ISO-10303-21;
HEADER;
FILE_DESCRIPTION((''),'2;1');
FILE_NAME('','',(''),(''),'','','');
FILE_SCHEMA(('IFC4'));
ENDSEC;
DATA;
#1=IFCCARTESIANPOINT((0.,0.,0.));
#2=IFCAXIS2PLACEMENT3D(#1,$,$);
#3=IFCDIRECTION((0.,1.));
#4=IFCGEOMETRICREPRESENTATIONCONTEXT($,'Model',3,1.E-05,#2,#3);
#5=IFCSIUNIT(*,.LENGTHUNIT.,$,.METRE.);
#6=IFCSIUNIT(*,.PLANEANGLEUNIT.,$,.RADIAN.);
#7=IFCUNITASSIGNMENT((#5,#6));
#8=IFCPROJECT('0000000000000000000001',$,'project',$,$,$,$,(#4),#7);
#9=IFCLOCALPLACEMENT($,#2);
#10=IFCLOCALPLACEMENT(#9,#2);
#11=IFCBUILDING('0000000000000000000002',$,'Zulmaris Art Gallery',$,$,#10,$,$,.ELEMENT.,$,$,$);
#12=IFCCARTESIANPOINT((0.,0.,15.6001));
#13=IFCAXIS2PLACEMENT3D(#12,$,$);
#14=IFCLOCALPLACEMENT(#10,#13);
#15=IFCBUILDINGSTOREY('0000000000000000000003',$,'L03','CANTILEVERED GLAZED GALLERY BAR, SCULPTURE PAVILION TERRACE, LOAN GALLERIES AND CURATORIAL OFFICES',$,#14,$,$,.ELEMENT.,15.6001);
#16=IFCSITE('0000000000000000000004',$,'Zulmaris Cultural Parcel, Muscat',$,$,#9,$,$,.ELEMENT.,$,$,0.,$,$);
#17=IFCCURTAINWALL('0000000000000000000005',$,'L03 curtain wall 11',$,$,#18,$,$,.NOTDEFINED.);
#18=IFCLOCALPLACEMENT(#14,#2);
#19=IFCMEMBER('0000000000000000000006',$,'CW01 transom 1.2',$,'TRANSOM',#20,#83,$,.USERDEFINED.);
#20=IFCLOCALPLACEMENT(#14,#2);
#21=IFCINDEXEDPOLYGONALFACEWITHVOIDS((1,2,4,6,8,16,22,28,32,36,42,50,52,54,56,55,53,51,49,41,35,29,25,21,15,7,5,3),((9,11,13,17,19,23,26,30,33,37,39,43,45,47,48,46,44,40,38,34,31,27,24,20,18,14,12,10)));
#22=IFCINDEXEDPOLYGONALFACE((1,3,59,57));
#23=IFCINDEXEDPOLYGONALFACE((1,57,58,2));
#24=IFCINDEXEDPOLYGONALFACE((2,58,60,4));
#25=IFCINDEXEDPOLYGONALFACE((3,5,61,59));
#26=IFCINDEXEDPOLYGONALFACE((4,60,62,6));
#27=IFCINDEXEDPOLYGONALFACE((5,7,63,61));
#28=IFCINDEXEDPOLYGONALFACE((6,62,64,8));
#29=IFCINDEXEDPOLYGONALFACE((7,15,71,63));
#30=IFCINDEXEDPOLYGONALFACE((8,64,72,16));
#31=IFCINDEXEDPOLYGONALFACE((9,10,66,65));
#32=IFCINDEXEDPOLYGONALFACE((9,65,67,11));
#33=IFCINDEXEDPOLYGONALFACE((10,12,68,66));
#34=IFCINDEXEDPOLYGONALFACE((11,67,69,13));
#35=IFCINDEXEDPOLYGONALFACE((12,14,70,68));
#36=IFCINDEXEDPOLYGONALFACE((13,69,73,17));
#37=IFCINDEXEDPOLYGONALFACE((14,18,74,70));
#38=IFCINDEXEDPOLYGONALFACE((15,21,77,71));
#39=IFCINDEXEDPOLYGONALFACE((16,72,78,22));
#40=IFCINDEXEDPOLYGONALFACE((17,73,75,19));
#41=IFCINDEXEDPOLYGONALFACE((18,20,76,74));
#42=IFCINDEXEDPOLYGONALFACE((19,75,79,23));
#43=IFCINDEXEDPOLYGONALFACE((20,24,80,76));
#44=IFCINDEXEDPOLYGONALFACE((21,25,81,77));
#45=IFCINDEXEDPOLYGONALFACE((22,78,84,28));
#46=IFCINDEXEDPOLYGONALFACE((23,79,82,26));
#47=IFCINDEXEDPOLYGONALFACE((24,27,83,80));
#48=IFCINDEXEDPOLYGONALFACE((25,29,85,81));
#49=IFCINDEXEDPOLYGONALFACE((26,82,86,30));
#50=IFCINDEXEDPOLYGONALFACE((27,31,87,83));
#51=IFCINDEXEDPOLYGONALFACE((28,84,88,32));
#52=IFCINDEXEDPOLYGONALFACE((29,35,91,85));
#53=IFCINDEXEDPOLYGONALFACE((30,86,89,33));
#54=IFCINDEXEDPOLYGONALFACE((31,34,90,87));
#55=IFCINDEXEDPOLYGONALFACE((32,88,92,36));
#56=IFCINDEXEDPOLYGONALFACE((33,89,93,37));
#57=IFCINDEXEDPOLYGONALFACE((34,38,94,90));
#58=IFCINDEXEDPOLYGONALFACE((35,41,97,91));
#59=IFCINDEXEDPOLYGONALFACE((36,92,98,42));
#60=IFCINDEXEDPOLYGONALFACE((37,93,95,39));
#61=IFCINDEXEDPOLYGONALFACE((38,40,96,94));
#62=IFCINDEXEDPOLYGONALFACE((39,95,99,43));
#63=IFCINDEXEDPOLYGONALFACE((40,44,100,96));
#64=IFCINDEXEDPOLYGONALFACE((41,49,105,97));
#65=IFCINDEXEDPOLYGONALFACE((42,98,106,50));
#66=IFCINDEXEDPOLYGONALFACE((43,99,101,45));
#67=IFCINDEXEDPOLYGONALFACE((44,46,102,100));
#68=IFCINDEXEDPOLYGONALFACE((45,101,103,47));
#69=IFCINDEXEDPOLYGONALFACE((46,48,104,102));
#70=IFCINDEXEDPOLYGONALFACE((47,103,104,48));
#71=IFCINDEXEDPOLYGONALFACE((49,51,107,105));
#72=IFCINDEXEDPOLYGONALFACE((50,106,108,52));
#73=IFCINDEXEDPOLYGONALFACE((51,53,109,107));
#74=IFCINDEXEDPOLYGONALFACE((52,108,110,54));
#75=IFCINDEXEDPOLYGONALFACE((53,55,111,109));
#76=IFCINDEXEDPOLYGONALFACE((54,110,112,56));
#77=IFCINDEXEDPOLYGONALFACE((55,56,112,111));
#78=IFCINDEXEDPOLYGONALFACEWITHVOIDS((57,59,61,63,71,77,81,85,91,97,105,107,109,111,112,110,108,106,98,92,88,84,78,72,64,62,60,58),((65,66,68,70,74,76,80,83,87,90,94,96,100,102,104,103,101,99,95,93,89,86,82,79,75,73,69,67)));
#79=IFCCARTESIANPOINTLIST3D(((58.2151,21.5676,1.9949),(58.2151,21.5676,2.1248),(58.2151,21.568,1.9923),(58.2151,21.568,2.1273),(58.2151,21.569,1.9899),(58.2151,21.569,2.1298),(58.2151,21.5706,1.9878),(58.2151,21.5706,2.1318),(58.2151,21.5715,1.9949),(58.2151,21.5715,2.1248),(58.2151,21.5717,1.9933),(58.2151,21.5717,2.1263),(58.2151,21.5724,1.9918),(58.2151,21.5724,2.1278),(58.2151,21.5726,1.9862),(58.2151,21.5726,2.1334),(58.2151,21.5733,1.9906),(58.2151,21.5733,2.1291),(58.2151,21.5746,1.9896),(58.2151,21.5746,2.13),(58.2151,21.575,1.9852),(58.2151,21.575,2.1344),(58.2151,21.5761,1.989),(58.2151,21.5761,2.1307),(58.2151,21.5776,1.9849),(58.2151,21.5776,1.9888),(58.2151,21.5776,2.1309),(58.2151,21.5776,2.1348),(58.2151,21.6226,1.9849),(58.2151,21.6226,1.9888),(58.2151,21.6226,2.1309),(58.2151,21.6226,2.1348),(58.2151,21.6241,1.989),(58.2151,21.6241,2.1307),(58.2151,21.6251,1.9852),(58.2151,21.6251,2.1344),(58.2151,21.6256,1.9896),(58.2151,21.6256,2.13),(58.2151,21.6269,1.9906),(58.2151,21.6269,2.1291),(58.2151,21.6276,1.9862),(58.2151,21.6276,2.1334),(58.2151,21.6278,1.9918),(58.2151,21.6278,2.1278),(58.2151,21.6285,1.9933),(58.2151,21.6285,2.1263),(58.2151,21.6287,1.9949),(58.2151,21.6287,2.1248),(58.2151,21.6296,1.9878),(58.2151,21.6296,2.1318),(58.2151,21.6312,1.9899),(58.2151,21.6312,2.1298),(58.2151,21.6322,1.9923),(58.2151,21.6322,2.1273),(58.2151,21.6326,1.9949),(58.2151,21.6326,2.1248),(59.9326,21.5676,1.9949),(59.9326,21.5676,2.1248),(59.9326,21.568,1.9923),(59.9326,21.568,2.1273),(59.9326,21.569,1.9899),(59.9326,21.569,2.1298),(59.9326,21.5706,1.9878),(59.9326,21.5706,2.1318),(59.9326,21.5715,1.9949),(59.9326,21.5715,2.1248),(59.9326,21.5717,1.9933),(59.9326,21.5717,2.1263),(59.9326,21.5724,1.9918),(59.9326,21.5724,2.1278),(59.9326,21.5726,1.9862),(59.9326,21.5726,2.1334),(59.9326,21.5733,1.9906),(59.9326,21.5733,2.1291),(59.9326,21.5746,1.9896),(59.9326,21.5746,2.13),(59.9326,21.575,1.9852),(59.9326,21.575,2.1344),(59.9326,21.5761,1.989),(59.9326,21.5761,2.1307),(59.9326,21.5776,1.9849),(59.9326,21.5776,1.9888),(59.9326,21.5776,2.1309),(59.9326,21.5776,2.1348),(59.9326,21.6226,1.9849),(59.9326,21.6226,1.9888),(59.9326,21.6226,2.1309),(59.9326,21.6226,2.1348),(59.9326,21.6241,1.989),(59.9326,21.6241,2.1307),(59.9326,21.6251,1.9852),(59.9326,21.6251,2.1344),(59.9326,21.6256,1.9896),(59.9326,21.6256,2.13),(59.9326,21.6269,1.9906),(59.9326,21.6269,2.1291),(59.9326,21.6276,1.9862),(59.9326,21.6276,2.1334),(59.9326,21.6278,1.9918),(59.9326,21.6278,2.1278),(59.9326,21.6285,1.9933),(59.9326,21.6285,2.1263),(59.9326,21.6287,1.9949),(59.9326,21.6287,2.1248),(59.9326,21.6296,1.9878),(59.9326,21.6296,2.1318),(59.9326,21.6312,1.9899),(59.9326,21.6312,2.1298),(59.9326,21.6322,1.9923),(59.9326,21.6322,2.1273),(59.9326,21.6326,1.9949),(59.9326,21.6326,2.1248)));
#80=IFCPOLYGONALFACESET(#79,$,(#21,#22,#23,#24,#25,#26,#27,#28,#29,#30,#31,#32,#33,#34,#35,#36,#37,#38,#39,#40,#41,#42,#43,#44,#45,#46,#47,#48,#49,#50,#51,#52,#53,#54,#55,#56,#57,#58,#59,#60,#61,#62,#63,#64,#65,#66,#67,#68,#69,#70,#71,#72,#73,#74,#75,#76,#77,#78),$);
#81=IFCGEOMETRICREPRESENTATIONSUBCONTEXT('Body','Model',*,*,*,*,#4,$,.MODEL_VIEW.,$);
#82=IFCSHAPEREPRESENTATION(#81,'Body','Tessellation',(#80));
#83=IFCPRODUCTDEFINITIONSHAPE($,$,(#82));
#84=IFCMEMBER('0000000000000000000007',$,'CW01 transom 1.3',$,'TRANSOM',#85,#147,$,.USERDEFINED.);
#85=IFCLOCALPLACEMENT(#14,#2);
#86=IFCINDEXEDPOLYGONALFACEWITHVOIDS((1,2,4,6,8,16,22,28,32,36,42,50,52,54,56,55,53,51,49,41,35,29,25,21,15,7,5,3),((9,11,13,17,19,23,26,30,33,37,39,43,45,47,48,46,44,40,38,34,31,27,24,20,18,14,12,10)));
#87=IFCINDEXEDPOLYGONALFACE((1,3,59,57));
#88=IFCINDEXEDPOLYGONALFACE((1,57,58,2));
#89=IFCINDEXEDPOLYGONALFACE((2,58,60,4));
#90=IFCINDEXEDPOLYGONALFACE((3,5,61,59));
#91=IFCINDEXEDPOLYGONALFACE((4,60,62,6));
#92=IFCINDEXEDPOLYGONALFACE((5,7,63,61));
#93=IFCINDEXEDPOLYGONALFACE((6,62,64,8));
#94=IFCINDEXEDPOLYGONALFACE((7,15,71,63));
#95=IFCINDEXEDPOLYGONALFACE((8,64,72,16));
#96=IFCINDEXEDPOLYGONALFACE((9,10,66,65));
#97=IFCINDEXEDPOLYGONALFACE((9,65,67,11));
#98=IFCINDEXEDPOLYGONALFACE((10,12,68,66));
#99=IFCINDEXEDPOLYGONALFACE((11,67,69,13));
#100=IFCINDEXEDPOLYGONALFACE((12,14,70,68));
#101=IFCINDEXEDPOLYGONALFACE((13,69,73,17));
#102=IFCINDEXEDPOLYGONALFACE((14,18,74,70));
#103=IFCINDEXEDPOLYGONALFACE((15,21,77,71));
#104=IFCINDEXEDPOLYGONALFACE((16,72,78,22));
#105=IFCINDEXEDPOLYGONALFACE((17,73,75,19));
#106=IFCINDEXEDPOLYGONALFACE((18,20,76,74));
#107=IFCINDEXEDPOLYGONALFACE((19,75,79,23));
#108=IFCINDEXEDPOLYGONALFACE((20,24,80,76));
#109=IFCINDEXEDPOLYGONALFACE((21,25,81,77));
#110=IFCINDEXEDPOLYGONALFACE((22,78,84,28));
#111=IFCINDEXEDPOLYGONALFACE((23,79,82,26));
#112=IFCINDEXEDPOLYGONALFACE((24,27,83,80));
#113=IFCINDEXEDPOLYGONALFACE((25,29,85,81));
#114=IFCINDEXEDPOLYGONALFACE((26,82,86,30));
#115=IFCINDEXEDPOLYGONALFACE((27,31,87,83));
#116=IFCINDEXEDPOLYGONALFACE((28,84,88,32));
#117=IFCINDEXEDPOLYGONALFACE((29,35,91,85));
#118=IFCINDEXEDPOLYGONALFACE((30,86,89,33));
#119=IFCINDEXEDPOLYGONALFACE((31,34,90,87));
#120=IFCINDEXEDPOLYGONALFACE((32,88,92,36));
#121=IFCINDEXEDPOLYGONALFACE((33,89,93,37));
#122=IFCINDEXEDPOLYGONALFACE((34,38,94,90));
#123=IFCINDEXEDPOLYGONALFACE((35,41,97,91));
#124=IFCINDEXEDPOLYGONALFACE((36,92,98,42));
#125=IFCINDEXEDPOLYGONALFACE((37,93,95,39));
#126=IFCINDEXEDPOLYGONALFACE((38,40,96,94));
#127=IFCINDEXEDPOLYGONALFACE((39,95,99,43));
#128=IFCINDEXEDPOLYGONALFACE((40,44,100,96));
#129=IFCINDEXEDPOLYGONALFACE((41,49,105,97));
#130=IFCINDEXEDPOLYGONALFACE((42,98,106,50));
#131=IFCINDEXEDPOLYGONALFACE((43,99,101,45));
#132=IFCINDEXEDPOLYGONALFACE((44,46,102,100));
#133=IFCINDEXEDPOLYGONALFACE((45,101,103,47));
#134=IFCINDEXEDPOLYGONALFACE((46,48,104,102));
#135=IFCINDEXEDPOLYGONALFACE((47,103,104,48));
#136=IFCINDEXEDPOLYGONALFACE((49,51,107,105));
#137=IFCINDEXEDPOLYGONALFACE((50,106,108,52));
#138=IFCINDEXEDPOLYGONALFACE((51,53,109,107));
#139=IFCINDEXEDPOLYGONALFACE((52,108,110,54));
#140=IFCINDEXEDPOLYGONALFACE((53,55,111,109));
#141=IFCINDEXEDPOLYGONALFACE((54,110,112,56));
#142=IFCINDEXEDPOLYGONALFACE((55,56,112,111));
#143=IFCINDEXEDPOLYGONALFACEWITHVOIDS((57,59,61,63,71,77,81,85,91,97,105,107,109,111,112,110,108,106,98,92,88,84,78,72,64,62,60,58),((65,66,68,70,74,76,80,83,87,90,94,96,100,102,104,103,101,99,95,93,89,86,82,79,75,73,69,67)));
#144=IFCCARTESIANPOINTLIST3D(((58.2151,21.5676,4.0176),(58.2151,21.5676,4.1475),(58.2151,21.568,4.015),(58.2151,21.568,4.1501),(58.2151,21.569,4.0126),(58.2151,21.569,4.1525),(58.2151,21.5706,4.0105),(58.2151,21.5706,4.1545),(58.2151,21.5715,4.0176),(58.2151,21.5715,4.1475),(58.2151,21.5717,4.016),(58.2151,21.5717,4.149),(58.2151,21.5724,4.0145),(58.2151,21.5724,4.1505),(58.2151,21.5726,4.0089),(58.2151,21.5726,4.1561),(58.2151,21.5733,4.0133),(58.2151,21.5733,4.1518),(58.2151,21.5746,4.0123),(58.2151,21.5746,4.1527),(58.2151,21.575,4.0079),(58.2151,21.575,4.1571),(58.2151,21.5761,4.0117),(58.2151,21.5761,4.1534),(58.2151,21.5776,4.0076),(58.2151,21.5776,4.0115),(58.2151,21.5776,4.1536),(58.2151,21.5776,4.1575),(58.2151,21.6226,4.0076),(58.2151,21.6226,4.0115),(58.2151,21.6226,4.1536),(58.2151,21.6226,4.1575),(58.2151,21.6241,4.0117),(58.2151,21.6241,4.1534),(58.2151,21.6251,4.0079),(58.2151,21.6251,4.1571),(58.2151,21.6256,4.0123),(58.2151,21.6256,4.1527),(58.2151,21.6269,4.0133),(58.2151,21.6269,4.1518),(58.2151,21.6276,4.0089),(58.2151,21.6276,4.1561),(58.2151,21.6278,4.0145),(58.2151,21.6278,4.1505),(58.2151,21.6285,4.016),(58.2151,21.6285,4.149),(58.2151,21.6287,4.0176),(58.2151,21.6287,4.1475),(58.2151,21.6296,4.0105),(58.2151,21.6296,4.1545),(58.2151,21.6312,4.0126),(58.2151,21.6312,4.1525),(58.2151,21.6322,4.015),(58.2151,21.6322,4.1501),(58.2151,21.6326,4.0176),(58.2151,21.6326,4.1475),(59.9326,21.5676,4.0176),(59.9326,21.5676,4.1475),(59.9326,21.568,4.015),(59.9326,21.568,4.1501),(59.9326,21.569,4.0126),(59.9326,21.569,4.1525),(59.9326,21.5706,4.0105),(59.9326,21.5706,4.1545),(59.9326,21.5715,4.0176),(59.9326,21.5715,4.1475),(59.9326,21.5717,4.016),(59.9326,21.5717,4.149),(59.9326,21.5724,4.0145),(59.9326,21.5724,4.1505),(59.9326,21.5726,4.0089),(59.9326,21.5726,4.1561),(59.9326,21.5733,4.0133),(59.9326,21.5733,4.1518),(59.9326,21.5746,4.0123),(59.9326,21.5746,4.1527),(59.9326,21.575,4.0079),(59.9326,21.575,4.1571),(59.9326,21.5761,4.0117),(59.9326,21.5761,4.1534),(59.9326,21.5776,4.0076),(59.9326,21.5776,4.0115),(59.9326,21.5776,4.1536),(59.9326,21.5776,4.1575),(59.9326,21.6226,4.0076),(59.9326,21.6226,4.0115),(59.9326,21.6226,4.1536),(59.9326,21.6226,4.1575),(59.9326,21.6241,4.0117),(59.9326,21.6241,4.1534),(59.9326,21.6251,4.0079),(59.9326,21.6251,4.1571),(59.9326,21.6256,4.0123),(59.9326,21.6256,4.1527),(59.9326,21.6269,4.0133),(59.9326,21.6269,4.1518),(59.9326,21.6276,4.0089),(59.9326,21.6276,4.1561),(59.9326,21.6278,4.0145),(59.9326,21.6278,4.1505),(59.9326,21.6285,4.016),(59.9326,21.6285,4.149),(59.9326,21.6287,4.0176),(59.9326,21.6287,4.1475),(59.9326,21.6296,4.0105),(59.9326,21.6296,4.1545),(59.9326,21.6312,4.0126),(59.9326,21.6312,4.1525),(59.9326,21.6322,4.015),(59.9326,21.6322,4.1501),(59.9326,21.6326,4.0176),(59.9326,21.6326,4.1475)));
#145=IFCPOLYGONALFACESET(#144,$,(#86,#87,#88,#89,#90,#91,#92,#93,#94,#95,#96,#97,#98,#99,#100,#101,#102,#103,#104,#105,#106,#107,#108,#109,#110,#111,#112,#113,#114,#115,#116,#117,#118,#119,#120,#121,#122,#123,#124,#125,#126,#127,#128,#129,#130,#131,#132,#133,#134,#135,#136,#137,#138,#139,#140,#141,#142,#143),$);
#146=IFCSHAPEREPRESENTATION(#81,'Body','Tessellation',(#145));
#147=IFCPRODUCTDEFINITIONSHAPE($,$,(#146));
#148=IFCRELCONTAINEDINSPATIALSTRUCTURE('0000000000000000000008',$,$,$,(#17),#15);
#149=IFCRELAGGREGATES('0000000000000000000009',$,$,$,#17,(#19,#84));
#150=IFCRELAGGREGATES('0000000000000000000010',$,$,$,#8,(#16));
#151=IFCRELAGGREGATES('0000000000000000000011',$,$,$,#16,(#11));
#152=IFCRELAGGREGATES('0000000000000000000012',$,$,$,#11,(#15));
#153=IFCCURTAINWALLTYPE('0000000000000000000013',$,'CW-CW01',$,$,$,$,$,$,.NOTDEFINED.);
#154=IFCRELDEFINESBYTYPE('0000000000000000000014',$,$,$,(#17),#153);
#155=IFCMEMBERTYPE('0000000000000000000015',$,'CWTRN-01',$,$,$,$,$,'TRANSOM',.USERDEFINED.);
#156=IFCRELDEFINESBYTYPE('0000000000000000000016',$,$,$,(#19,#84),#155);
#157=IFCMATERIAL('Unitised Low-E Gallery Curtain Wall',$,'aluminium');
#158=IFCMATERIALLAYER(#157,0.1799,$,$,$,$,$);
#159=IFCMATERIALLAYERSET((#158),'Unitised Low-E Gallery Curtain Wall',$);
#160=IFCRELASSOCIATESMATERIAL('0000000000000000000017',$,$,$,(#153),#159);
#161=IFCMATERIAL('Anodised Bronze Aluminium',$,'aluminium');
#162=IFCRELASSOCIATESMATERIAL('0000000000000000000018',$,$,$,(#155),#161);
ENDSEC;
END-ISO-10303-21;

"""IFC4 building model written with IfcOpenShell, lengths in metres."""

from ifc_helpers import new_model, si_unit, direction, frame, origin, origin_2d, place, context, subcontext, project, spatial, hollow_rectangle, extrude, material, layer, layer_set, material_profile, profile_set, type_object, element, aggregate, save


model = new_model("IFC4")

# Units and contexts
model_context = context("Model", 3, precision=1e-05, world=origin(), true_north=direction((0.0, 1.0)))
body_context = subcontext(model_context, "Body", "Model", "MODEL_VIEW")
ifc_project = project(units=[si_unit("LENGTHUNIT", "METRE"), si_unit("PLANEANGLEUNIT", "RADIAN")], contexts=[model_context])

# Site, building, storey
site_placement = place(None, origin())
site = spatial("IfcSite", under=ifc_project, at=site_placement, Name="Zulmaris Cultural Parcel, Muscat", CompositionType="ELEMENT", RefElevation=0.0)
building_placement = place(site_placement, origin())
building = spatial("IfcBuilding", under=site, at=building_placement, Name="Zulmaris Art Gallery", CompositionType="ELEMENT")
storey_placement = place(building_placement, frame((0.0, 0.0, 15.6001)))
storey = spatial("IfcBuildingStorey", under=building, at=storey_placement, Name="L03", Description="CANTILEVERED GLAZED GALLERY BAR, SCULPTURE PAVILION TERRACE, LOAN GALLERIES AND CURATORIAL OFFICES", CompositionType="ELEMENT", Elevation=15.6001)

# Curtain wall
ifc_material_1 = material(Name="Unitised Low-E Gallery Curtain Wall", Category="aluminium")
ifc_layer_1 = layer(ifc_material_1, 0.1799)
ifc_layer_set_1 = layer_set([ifc_layer_1], Name="Unitised Low-E Gallery Curtain Wall")
curtain_wall_type_1 = type_object("IfcCurtainWallType", Name="CW-CW01", PredefinedType="NOTDEFINED", material=ifc_layer_set_1)
curtain_wall_1_placement = place(storey_placement, origin())
curtain_wall_1 = element("IfcCurtainWall", 1, at=curtain_wall_1_placement, inside=storey, type_object=curtain_wall_type_1, Name="L03 curtain wall 11", PredefinedType="NOTDEFINED")
ifc_material_2 = material(Name="Anodised Bronze Aluminium", Category="aluminium")

# Members
ifc_material_profile_1 = material_profile(ifc_material_2, hollow_rectangle(XDim=0.0649, YDim=0.1499, WallThickness=0.0039, InnerFilletRadius=0.0061, OuterFilletRadius=0.01, at=origin_2d()), Name="ALU 65x150x4")
ifc_profile_set_1 = profile_set([ifc_material_profile_1], Name="Anodised Bronze Aluminium")
member_type_1 = type_object("IfcMemberType", Name="CWTRN-01", ElementType="TRANSOM", PredefinedType="USERDEFINED", material=ifc_profile_set_1)
member_1_placement = place(storey_placement, frame((58.2151, 21.6001, 2.0598), z_axis=(1.0, 0.0, 0.0), x_axis=(0.0, 1.0, 0.0)))
member_1 = element("IfcMember", 2, at=member_1_placement, type_object=member_type_1, Name="CW01 transom 1.2", ObjectType="TRANSOM", PredefinedType="USERDEFINED", context=body_context, shape_type="SweptSolid", body=[
    extrude(hollow_rectangle(XDim=0.0649, YDim=0.1499, WallThickness=0.0039, InnerFilletRadius=0.0061, OuterFilletRadius=0.01, at=origin_2d()), origin(), (0.0, 0.0, 1.0), 1.7175),
])
member_2_placement = place(storey_placement, frame((58.2151, 21.6001, 4.0825), z_axis=(1.0, 0.0, 0.0), x_axis=(0.0, 1.0, 0.0)))
member_2 = element("IfcMember", 3, at=member_2_placement, type_object=member_type_1, Name="CW01 transom 1.3", ObjectType="TRANSOM", PredefinedType="USERDEFINED", context=body_context, shape_type="SweptSolid", body=[
    extrude(hollow_rectangle(XDim=0.0649, YDim=0.1499, WallThickness=0.0039, InnerFilletRadius=0.0061, OuterFilletRadius=0.01, at=origin_2d()), origin(), (0.0, 0.0, 1.0), 1.7175),
])

aggregate(curtain_wall_1, [member_1, member_2])

save(model, "model.ifc")
